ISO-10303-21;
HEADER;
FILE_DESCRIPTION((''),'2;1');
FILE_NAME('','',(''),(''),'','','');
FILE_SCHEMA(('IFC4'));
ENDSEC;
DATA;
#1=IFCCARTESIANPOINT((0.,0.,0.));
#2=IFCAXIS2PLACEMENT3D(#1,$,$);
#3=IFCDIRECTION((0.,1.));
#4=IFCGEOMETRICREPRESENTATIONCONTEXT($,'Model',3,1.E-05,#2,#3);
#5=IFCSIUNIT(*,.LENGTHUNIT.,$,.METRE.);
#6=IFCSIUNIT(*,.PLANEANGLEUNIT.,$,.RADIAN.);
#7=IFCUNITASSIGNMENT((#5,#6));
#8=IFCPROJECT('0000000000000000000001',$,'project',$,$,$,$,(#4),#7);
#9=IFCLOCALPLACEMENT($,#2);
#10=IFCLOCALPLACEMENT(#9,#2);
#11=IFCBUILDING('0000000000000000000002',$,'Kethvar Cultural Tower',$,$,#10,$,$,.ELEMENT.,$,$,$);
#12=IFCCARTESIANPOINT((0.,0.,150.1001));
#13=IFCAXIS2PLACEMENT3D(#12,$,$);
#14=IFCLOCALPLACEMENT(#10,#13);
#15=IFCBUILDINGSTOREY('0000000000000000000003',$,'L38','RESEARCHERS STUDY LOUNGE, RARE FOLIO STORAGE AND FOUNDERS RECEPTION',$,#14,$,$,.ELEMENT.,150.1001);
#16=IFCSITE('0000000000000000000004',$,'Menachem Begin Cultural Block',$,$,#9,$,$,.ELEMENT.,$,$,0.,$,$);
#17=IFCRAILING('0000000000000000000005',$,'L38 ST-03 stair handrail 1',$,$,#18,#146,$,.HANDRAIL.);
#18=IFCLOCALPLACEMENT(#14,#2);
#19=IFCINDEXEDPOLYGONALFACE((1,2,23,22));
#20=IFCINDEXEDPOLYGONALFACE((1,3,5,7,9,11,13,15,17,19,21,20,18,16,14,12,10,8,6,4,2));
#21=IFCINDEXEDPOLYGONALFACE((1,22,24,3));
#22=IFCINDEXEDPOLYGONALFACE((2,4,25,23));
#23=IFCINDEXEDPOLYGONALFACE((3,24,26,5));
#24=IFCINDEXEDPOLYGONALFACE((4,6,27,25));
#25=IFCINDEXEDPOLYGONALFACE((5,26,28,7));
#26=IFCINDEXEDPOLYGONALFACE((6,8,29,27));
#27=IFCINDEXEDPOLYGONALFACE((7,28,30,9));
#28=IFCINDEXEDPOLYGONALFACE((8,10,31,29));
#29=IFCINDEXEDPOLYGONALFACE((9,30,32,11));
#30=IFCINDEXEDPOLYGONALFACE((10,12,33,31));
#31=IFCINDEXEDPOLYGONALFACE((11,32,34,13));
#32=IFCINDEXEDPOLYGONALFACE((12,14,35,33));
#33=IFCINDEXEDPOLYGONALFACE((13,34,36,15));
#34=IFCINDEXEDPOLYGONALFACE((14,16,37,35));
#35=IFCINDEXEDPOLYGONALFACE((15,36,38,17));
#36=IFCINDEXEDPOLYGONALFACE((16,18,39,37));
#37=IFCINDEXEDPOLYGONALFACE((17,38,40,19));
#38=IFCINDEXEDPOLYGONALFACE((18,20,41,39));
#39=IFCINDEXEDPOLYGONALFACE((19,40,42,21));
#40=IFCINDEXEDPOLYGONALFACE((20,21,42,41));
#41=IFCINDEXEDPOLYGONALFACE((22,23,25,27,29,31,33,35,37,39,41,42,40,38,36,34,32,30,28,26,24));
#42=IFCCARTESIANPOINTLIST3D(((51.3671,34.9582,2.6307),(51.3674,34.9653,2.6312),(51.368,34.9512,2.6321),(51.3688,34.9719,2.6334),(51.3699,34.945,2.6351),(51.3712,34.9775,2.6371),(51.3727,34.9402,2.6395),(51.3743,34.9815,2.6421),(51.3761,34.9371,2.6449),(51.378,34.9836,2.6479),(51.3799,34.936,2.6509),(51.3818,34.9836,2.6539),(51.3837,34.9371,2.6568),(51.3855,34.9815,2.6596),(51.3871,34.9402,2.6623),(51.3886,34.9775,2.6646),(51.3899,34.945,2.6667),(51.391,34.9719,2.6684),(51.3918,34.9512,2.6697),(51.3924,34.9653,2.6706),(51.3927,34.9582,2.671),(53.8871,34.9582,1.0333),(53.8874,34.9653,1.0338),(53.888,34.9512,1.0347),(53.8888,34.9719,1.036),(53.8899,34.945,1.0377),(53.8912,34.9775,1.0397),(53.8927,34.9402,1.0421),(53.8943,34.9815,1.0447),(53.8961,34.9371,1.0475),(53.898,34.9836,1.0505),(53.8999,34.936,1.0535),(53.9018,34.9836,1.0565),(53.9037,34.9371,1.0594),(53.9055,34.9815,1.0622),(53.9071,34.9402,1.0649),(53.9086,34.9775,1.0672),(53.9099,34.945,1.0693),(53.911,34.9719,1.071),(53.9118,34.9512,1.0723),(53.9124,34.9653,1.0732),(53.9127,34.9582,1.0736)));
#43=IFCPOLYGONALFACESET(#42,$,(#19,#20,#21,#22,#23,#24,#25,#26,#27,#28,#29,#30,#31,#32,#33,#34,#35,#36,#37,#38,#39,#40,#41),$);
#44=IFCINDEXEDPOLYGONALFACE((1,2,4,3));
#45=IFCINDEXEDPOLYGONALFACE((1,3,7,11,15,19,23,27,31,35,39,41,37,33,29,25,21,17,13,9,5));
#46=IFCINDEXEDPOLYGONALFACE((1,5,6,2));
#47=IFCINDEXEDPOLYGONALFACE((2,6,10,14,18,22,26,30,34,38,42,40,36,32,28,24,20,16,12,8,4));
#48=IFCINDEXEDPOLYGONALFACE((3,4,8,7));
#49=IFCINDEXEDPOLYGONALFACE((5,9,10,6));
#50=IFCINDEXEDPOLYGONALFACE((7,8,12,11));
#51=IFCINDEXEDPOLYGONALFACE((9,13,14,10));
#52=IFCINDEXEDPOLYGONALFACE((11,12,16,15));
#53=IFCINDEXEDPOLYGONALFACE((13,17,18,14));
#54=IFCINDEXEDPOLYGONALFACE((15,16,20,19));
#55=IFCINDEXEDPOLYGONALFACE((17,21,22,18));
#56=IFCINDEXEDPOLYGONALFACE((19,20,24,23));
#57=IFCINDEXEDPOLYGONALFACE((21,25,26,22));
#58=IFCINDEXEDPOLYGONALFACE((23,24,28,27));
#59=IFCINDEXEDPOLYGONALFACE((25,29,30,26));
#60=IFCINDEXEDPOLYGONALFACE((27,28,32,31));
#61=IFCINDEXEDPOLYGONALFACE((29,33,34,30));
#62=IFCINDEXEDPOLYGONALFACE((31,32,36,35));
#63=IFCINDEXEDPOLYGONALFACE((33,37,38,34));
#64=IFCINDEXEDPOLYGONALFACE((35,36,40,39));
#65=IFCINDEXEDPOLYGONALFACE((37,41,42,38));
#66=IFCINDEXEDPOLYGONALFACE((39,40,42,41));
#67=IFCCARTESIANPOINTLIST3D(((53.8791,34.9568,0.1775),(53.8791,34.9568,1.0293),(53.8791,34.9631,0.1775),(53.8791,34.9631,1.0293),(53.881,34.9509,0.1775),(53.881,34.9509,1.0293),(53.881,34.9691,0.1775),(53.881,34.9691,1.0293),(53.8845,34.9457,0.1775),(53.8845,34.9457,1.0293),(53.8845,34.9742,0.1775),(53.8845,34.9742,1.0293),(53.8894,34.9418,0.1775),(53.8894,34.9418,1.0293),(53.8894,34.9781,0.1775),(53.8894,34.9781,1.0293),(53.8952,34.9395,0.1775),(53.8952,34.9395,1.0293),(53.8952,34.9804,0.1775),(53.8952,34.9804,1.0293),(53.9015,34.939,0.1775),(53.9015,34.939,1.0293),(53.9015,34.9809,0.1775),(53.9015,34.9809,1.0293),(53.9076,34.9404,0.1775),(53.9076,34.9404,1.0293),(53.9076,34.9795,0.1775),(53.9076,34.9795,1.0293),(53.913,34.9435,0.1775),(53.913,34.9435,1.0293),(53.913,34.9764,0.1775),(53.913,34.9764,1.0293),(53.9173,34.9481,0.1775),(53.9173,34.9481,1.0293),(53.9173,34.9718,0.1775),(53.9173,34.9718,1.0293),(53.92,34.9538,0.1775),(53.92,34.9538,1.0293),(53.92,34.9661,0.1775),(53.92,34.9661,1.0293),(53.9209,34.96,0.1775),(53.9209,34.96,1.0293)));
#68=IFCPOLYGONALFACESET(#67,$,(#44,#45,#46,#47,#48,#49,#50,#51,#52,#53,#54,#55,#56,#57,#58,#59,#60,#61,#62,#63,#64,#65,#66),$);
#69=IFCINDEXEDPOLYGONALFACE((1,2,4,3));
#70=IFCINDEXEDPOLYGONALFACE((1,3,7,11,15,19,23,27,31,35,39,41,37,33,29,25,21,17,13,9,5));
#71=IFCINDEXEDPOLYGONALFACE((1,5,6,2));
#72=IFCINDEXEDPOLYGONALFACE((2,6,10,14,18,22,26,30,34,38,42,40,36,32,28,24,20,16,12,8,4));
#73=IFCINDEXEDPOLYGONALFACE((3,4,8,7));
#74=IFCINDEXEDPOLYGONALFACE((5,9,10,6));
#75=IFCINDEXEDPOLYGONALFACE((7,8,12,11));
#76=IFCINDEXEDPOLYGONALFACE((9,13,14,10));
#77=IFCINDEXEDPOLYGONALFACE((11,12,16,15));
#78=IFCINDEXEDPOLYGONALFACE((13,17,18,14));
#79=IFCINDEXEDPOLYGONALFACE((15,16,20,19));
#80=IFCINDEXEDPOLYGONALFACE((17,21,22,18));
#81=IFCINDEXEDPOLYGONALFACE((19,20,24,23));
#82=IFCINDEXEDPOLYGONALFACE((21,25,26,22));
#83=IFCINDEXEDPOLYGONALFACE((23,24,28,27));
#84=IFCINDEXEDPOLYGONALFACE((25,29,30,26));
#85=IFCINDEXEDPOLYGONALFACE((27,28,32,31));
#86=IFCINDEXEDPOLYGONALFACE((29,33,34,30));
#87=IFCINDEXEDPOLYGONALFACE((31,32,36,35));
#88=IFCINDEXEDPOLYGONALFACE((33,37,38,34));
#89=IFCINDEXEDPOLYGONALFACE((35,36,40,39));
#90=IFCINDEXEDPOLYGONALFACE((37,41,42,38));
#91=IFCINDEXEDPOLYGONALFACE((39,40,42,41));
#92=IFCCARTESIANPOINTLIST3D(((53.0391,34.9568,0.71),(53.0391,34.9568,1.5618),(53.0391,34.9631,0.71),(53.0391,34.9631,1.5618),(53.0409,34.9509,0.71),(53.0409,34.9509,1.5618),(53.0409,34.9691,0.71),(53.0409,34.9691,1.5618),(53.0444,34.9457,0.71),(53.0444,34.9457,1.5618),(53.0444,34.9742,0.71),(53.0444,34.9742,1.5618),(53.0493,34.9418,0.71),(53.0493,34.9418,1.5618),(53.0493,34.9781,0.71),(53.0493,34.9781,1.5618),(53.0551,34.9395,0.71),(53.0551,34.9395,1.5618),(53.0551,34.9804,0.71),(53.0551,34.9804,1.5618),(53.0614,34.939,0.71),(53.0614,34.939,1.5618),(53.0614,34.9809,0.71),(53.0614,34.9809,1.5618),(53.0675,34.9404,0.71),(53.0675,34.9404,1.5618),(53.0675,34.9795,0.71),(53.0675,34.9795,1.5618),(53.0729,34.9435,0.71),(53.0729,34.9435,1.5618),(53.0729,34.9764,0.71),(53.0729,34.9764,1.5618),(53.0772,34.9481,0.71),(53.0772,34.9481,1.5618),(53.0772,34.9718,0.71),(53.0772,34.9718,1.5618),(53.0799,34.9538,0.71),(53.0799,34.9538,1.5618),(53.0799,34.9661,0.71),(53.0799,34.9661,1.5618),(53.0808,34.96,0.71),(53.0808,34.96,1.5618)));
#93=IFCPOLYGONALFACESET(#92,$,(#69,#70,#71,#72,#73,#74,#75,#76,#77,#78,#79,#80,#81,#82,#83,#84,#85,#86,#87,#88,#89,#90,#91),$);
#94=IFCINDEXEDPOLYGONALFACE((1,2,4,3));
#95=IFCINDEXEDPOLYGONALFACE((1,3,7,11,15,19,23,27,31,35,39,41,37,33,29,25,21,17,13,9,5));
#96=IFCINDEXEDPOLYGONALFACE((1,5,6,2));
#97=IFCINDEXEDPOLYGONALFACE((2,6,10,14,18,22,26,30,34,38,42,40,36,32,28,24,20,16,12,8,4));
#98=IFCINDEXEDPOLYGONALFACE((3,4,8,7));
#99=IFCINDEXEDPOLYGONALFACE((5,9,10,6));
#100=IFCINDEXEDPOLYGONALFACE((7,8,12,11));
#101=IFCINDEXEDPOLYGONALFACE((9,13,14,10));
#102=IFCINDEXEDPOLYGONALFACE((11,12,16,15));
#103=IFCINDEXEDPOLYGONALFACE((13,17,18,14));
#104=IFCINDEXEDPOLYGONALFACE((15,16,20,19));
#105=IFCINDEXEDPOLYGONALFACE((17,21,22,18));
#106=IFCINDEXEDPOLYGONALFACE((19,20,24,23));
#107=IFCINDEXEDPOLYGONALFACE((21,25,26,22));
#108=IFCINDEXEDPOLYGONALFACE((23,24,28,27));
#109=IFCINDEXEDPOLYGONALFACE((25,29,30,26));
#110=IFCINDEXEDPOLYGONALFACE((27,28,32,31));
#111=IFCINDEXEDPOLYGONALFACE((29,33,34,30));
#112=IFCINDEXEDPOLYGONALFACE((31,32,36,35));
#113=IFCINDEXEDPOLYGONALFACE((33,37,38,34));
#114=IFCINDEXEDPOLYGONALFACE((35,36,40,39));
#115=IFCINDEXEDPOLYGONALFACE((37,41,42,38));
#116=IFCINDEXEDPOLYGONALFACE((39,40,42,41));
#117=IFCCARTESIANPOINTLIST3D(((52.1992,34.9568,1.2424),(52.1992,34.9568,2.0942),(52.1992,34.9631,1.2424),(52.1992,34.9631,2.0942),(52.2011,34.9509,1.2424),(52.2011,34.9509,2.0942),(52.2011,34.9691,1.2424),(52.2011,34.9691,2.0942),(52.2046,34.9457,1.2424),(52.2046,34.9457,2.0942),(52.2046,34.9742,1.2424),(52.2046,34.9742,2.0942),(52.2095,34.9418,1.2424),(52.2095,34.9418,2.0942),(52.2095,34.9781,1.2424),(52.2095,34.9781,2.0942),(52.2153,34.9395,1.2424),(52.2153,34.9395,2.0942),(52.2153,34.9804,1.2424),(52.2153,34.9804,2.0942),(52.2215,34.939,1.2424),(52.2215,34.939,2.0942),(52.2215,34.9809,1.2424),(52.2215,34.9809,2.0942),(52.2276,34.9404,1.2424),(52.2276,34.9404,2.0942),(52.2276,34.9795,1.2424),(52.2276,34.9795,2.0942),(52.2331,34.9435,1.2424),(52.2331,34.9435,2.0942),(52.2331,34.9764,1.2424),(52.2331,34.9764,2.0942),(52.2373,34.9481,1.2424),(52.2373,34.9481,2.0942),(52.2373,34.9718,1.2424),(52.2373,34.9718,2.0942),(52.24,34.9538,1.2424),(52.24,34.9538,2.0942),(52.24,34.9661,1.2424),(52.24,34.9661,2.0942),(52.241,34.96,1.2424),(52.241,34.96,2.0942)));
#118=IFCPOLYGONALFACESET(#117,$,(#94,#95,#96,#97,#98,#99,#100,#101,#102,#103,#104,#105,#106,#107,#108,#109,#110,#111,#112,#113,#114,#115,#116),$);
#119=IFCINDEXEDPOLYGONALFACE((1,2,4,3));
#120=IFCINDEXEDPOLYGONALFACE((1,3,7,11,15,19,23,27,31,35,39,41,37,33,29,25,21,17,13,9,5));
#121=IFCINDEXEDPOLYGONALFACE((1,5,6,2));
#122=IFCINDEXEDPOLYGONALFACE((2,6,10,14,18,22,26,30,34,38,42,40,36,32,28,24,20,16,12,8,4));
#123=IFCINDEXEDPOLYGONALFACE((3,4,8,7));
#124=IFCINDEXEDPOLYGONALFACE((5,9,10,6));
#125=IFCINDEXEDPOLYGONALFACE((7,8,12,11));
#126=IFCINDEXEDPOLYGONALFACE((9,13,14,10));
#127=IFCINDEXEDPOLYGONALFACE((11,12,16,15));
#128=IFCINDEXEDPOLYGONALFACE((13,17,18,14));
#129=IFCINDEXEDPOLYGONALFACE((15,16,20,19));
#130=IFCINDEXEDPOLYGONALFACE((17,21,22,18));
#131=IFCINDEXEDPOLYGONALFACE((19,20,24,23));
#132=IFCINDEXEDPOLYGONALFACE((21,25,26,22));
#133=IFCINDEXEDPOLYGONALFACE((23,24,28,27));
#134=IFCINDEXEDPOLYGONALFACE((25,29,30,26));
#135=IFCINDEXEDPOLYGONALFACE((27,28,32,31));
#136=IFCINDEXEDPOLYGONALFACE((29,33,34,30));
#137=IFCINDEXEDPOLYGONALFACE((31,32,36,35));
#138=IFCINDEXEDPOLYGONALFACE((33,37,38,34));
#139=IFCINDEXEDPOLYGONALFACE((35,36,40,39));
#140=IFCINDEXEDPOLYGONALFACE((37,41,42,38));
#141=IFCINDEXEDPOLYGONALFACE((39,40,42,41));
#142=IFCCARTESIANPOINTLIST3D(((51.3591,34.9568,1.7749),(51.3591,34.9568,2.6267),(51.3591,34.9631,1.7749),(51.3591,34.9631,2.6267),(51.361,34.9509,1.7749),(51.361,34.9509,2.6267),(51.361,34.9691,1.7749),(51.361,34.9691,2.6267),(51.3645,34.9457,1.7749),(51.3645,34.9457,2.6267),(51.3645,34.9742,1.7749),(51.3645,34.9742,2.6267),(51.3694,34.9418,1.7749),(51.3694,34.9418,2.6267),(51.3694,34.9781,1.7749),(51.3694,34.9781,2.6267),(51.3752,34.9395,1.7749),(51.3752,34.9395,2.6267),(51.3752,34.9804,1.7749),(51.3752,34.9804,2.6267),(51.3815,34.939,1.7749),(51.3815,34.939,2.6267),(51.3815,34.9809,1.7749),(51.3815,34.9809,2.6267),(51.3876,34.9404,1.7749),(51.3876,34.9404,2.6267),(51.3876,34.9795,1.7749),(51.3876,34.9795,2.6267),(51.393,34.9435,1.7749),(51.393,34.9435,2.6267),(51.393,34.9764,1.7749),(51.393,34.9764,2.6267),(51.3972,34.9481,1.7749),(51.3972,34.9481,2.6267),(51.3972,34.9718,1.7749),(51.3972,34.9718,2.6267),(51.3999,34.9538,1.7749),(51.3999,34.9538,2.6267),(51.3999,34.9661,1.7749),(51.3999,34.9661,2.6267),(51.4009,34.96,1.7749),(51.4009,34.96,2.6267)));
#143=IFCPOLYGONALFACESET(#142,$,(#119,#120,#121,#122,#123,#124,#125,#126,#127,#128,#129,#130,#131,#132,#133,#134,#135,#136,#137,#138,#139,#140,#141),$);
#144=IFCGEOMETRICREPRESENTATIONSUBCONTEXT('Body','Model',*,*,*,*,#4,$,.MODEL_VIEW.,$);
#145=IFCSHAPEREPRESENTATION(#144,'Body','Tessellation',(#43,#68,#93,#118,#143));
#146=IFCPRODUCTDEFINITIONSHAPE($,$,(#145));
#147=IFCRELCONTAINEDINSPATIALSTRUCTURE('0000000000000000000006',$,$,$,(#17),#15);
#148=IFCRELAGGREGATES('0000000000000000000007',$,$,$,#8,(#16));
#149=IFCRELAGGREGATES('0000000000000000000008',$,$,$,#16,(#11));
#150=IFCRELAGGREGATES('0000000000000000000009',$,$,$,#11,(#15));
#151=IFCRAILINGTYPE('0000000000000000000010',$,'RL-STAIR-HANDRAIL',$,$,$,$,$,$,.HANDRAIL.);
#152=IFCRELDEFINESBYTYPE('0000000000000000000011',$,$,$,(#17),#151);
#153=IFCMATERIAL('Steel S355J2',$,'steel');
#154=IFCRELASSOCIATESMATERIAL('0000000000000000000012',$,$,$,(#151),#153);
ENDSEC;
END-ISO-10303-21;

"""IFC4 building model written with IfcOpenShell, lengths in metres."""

from ifc_helpers import new_model, si_unit, direction, frame, origin, origin_2d, place, context, subcontext, project, spatial, circle, extrude, material, type_object, element, save


model = new_model("IFC4")

# Units and contexts
model_context = context("Model", 3, precision=1e-05, world=origin(), true_north=direction((0.0, 1.0)))
body_context = subcontext(model_context, "Body", "Model", "MODEL_VIEW")
ifc_project = project(units=[si_unit("LENGTHUNIT", "METRE"), si_unit("PLANEANGLEUNIT", "RADIAN")], contexts=[model_context])

# Site, building, storey
site_placement = place(None, origin())
site = spatial("IfcSite", under=ifc_project, at=site_placement, Name="Menachem Begin Cultural Block", CompositionType="ELEMENT", RefElevation=0.0)
building_placement = place(site_placement, origin())
building = spatial("IfcBuilding", under=site, at=building_placement, Name="Kethvar Cultural Tower", CompositionType="ELEMENT")
storey_placement = place(building_placement, frame((0.0, 0.0, 150.1001)))
storey = spatial("IfcBuildingStorey", under=building, at=storey_placement, Name="L38", Description="RESEARCHERS STUDY LOUNGE, RARE FOLIO STORAGE AND FOUNDERS RECEPTION", CompositionType="ELEMENT", Elevation=150.1001)

# Shared definitions
ifc_material_1 = material(Name="Steel S355J2", Category="steel")

# Railing
railing_type_1 = type_object("IfcRailingType", Name="RL-STAIR-HANDRAIL", PredefinedType="HANDRAIL", material=ifc_material_1)
railing_1_placement = place(storey_placement, frame((53.8999, 34.96, 0.1775)))
element("IfcRailing", 1, at=railing_1_placement, inside=storey, type_object=railing_type_1, Name="L38 ST-03 stair handrail 1", PredefinedType="HANDRAIL", context=body_context, shape_type="SweptSolid", body=[
    extrude(circle(Radius=0.0239, at=origin_2d()), frame((0.0, 0.0, 0.876), z_axis=(-0.844607, 0.0, 0.535387), x_axis=(0.0, -1.0, 0.0)), (0.0, 0.0, 1.0), 2.9836),
    extrude(circle(Radius=0.021, at=origin_2d()), origin(), (0.0, 0.0, 1.0), 0.8518),
    extrude(circle(Radius=0.021, at=origin_2d()), frame((-0.8401, 0.0, 0.5325)), (0.0, 0.0, 1.0), 0.8518),
    extrude(circle(Radius=0.021, at=origin_2d()), frame((-1.6799, 0.0, 1.0649)), (0.0, 0.0, 1.0), 0.8518),
    extrude(circle(Radius=0.021, at=origin_2d()), frame((-2.52, 0.0, 1.5974)), (0.0, 0.0, 1.0), 0.8518),
])

save(model, "model.ifc")
